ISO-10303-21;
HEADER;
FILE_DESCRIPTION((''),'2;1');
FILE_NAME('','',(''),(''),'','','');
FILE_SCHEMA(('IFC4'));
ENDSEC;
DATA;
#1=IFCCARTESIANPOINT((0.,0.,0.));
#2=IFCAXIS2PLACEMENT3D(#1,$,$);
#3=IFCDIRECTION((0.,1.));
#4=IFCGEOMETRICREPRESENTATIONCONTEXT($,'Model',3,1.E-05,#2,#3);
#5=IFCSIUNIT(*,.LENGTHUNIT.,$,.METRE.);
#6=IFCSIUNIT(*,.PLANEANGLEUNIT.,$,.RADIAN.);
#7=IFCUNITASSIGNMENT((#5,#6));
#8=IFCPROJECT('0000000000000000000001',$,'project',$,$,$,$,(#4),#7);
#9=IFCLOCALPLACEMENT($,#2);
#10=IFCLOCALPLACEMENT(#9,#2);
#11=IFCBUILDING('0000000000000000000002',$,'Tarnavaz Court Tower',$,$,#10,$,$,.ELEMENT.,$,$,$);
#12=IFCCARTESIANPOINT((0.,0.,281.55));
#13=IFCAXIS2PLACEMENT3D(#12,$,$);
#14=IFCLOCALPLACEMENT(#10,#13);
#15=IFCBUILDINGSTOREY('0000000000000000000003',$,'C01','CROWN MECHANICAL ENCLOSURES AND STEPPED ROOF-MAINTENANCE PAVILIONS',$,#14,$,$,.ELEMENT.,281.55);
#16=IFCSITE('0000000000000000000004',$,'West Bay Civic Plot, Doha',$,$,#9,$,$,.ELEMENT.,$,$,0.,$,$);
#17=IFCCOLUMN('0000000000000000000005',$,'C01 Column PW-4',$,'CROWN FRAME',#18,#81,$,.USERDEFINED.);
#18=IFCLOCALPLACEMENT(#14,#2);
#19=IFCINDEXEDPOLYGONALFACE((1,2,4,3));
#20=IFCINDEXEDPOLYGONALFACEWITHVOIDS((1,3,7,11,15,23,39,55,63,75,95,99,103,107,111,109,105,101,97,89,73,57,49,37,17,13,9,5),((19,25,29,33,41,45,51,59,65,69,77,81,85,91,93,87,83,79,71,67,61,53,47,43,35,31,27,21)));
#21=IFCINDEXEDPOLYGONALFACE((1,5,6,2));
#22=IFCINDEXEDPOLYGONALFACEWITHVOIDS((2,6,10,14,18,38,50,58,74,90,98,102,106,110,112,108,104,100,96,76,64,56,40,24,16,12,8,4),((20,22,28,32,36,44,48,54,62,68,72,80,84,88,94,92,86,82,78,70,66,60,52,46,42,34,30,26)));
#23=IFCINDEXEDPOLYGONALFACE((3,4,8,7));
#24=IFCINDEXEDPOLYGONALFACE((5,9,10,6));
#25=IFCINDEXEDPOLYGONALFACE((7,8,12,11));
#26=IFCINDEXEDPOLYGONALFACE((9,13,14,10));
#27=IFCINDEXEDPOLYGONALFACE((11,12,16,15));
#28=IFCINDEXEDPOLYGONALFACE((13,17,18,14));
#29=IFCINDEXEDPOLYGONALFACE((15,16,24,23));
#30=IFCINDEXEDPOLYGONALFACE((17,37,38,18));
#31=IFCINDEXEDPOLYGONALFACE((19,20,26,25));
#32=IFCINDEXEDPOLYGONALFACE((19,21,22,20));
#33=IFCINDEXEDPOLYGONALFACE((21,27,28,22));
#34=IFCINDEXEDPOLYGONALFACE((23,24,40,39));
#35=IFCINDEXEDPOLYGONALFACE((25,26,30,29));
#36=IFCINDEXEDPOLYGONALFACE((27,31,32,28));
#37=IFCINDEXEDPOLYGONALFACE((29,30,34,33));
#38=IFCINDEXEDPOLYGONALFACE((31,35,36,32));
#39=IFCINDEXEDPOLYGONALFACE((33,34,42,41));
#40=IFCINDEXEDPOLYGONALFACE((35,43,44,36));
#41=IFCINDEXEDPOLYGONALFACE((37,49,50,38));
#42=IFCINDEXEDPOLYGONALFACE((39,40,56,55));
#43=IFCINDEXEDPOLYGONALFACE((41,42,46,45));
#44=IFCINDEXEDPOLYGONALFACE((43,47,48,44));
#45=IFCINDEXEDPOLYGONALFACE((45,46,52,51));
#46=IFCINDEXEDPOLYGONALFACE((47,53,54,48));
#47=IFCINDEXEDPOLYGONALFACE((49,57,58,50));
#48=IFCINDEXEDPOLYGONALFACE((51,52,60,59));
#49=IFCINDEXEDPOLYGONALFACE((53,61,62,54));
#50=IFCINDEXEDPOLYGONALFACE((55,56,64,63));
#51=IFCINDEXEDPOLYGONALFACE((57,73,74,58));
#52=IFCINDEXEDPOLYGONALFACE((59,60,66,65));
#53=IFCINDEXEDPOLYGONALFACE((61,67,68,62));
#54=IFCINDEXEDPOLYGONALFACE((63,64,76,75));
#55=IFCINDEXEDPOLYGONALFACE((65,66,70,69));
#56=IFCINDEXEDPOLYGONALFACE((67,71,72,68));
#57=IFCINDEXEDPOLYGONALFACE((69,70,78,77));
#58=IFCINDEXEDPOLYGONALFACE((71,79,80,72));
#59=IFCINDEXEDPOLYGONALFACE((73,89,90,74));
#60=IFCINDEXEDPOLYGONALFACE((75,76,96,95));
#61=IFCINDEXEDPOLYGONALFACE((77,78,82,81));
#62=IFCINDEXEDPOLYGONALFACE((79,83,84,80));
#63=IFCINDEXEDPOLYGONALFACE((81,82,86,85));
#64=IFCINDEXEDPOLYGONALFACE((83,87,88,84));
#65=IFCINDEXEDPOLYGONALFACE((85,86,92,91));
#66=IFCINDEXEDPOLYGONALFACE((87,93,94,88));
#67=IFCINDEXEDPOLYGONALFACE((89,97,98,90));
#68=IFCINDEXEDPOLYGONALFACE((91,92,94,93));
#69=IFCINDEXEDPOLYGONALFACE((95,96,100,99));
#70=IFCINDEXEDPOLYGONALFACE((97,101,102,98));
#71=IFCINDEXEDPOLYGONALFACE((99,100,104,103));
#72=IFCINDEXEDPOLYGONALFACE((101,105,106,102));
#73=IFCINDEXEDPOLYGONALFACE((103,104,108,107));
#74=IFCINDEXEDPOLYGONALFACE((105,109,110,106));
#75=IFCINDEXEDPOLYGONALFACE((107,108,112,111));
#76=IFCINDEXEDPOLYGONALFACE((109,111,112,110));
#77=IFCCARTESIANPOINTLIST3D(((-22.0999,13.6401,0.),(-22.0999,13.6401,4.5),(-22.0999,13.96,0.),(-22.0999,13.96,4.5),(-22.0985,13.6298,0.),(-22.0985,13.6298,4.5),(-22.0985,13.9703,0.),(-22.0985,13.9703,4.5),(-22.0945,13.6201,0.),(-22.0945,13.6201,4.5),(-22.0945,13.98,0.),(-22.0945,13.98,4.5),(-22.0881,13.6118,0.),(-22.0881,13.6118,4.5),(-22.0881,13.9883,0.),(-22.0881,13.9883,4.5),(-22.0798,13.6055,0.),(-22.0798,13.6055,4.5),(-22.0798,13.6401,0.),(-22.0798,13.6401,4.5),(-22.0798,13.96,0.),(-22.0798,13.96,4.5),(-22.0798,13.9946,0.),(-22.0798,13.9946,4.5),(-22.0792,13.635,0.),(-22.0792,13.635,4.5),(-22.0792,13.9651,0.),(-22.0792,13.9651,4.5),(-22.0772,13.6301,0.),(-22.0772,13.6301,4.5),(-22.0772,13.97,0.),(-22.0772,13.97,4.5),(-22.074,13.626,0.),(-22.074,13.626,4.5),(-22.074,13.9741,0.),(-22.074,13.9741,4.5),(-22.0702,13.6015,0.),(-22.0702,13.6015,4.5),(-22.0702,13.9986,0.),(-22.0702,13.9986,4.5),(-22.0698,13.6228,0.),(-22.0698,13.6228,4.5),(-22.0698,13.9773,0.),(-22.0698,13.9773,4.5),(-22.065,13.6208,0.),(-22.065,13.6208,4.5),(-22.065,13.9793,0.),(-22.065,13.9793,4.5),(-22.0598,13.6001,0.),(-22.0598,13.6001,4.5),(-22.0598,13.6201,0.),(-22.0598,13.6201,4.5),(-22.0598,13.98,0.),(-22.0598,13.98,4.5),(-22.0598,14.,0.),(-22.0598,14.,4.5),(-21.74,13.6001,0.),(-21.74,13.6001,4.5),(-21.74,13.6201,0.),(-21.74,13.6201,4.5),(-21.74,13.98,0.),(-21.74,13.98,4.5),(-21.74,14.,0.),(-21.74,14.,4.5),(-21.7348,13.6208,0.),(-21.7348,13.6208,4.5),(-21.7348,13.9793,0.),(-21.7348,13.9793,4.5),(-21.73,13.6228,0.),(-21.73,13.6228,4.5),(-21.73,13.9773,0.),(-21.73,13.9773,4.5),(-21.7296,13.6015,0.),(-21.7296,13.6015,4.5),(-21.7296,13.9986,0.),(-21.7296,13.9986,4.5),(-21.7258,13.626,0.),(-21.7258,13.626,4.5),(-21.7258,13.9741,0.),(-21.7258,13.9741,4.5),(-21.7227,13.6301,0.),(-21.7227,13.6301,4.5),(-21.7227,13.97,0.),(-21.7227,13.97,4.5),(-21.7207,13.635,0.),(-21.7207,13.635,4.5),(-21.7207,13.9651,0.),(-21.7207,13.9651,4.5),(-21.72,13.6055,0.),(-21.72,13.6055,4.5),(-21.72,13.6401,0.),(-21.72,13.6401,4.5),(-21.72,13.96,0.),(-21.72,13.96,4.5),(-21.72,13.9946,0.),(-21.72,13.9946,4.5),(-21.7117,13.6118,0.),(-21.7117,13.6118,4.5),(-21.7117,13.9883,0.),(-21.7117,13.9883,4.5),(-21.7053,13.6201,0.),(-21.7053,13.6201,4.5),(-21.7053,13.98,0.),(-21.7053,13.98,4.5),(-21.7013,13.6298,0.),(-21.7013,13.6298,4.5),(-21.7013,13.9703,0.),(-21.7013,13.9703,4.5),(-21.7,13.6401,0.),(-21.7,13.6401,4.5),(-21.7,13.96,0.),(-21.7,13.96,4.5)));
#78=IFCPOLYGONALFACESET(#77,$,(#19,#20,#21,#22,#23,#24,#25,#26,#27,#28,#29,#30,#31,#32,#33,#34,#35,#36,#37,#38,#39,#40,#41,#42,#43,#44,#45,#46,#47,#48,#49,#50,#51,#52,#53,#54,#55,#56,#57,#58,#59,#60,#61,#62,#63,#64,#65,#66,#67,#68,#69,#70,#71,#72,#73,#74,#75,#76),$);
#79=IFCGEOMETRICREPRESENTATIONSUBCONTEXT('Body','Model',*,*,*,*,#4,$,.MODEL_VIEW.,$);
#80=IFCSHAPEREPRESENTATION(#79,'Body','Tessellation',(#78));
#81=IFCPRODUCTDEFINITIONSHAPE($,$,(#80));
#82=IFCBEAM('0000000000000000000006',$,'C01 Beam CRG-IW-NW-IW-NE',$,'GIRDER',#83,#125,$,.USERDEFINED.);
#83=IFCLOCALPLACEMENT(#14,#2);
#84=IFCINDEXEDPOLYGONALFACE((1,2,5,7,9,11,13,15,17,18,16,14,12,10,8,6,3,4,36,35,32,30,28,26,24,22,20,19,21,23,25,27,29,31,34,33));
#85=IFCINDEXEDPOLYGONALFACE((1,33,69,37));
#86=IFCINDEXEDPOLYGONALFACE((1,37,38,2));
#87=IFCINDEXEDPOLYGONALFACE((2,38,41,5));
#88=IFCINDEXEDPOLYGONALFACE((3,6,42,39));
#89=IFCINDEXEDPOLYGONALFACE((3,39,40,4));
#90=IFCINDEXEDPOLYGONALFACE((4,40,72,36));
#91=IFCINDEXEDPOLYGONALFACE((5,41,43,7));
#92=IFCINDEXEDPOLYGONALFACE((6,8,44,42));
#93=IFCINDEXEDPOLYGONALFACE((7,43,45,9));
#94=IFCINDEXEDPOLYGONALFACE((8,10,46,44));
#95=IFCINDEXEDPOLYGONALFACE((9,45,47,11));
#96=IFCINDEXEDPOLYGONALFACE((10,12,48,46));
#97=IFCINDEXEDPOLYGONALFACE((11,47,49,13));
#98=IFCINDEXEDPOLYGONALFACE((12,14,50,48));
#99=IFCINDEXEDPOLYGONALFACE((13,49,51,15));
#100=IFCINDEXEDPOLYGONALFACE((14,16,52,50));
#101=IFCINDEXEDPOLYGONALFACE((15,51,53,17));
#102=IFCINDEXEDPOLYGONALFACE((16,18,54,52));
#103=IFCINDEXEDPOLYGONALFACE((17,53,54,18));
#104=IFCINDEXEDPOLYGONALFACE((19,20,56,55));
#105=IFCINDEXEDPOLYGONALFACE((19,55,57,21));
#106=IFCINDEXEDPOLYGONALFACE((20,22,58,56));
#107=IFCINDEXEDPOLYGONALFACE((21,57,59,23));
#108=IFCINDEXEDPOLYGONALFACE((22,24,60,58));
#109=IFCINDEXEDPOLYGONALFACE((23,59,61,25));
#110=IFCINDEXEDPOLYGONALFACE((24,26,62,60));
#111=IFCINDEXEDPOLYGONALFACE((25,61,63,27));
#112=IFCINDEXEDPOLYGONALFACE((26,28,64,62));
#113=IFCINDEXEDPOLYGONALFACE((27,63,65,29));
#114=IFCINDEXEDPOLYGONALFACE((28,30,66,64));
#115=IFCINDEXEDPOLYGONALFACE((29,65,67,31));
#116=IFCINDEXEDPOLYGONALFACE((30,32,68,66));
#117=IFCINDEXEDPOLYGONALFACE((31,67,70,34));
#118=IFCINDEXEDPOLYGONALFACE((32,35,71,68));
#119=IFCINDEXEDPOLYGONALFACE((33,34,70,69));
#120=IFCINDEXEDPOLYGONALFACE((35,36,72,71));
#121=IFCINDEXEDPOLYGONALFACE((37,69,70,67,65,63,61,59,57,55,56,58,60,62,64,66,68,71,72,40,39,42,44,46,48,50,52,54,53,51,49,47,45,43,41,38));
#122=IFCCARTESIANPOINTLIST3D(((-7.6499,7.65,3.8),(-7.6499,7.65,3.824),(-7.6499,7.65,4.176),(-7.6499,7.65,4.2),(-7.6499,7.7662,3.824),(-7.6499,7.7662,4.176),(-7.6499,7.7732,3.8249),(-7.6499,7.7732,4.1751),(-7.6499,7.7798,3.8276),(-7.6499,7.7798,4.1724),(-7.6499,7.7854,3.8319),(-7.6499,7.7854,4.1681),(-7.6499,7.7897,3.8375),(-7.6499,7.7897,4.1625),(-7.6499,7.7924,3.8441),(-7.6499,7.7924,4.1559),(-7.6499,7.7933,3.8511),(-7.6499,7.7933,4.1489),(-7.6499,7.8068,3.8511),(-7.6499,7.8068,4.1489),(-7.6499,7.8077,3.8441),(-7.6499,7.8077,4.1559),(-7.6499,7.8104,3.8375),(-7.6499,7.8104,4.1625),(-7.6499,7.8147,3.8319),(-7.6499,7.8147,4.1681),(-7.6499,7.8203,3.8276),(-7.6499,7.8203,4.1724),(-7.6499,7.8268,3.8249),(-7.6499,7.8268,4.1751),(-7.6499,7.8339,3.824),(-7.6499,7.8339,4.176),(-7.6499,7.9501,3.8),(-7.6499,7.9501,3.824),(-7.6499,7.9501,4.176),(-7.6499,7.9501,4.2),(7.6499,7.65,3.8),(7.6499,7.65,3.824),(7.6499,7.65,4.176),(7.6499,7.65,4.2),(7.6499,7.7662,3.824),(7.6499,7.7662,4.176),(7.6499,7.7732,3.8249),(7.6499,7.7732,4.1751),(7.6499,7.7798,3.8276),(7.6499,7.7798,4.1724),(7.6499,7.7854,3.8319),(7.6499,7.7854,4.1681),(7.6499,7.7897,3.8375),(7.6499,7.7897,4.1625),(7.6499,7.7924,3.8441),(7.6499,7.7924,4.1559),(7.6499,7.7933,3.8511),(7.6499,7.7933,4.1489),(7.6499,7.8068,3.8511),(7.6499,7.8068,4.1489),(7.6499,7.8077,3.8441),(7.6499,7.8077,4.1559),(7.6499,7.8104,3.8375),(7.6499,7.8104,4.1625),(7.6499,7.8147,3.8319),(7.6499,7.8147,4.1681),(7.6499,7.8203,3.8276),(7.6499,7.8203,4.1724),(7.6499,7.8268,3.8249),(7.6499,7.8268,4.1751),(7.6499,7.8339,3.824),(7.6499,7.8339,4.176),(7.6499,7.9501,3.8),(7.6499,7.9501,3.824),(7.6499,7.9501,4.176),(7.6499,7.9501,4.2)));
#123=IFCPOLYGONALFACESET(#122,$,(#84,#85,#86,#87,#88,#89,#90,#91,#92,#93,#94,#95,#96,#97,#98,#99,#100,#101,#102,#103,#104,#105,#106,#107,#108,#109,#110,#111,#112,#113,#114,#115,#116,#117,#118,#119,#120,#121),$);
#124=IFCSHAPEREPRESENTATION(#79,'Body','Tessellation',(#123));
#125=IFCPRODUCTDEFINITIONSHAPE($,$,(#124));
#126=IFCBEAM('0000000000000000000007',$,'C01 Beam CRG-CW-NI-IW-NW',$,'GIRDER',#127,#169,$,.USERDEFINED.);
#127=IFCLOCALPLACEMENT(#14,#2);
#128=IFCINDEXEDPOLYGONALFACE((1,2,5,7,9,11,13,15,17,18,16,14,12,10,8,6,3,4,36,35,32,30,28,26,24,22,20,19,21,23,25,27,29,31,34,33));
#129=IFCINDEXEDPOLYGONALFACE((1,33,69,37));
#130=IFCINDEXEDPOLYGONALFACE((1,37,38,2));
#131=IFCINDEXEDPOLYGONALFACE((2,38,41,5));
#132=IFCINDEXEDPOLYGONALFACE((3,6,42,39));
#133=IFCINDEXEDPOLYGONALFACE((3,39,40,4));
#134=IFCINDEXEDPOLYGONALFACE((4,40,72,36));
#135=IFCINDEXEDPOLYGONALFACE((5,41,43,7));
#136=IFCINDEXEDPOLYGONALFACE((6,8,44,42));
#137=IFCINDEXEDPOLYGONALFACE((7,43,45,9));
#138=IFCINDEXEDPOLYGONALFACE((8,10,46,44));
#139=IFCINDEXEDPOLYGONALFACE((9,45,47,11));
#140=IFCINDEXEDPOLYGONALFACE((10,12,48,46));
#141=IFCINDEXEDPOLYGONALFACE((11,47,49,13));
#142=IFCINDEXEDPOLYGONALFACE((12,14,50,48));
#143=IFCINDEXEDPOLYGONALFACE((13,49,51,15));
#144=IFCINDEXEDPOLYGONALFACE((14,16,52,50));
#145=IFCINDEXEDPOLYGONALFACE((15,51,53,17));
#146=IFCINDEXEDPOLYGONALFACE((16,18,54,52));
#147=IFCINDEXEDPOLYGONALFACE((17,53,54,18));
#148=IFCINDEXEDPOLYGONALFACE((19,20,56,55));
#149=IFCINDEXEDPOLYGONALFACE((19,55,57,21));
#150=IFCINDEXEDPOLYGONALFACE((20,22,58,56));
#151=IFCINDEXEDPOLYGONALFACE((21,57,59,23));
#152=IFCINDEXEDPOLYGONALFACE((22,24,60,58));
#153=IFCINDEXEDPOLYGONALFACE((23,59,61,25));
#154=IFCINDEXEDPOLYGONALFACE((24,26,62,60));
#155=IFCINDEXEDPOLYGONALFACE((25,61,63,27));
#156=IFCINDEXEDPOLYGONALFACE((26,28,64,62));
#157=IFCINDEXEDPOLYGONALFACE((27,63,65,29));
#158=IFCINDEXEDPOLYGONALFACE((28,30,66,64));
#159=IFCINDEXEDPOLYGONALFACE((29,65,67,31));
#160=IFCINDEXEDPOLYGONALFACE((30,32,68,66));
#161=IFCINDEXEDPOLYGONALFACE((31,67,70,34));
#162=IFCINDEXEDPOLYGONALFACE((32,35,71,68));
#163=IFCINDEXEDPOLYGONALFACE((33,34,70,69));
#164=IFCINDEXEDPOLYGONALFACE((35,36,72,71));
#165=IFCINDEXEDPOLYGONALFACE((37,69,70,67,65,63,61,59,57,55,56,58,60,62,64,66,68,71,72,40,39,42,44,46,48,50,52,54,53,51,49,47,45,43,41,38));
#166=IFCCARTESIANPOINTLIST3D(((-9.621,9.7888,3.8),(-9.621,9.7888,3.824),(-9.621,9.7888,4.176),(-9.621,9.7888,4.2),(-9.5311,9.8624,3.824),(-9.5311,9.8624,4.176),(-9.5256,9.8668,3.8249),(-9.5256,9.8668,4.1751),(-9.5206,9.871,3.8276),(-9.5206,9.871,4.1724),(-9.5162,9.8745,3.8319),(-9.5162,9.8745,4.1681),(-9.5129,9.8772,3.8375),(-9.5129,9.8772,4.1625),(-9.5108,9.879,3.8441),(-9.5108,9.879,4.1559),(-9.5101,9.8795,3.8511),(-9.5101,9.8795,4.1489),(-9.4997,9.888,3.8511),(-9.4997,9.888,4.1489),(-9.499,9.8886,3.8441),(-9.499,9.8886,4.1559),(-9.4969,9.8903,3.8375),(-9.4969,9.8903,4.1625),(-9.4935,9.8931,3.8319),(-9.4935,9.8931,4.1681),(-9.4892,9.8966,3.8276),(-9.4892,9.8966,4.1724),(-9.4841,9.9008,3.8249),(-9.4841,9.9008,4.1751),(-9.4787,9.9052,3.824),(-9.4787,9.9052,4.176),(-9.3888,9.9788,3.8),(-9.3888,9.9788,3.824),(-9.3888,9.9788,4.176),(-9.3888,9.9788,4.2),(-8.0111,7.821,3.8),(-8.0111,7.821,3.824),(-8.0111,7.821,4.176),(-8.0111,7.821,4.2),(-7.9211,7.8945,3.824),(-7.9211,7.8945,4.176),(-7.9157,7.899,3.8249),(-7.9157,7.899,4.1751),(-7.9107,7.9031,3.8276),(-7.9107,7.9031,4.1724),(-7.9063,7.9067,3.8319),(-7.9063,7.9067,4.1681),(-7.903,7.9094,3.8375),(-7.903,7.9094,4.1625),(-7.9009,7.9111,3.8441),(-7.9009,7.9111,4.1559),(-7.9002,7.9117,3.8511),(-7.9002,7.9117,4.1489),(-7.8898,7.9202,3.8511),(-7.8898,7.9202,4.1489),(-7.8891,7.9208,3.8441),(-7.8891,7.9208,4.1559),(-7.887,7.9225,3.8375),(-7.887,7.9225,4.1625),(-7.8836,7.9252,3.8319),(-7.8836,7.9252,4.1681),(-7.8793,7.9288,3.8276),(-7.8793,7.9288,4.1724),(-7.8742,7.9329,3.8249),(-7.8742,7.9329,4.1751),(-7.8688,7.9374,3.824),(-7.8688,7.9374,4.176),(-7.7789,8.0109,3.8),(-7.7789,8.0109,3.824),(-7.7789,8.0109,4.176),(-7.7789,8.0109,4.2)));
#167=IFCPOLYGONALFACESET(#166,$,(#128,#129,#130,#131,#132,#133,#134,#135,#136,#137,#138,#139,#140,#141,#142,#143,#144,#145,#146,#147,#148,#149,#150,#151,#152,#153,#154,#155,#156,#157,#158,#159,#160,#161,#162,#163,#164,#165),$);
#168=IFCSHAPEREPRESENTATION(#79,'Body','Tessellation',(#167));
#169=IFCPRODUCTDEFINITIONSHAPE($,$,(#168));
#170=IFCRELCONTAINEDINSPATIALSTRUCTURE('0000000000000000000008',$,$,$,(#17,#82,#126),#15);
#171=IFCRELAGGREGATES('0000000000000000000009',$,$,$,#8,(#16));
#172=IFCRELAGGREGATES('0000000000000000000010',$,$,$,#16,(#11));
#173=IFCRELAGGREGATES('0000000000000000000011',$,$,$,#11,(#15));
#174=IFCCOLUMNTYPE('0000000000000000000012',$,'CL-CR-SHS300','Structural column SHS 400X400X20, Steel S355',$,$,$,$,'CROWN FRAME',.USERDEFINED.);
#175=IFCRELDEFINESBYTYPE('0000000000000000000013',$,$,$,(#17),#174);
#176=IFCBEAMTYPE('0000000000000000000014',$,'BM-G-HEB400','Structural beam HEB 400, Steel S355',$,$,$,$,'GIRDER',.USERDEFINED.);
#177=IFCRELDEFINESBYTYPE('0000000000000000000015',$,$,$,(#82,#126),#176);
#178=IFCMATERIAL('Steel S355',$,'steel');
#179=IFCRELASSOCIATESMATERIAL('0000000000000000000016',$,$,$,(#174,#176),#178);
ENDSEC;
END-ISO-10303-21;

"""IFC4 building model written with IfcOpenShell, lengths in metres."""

from ifc_helpers import new_model, si_unit, direction, frame, origin, origin_2d, place, context, subcontext, project, spatial, hollow_rectangle, i_section, extrude, material, material_profile, profile_set, type_object, element, save


model = new_model("IFC4")

# Units and contexts
model_context = context("Model", 3, precision=1e-05, world=origin(), true_north=direction((0.0, 1.0)))
body_context = subcontext(model_context, "Body", "Model", "MODEL_VIEW")
ifc_project = project(units=[si_unit("LENGTHUNIT", "METRE"), si_unit("PLANEANGLEUNIT", "RADIAN")], contexts=[model_context])

# Site, building, storey
site_placement = place(None, origin())
site = spatial("IfcSite", under=ifc_project, at=site_placement, Name="West Bay Civic Plot, Doha", CompositionType="ELEMENT", RefElevation=0.0)
building_placement = place(site_placement, origin())
building = spatial("IfcBuilding", under=site, at=building_placement, Name="Tarnavaz Court Tower", CompositionType="ELEMENT")
storey_placement = place(building_placement, frame((0.0, 0.0, 281.55)))
storey = spatial("IfcBuildingStorey", under=building, at=storey_placement, Name="C01", Description="CROWN MECHANICAL ENCLOSURES AND STEPPED ROOF-MAINTENANCE PAVILIONS", CompositionType="ELEMENT", Elevation=281.55)

# Column
ifc_material_1 = material(Name="Steel S355", Category="steel")
ifc_material_profile_1 = material_profile(ifc_material_1, hollow_rectangle(XDim=0.3999, YDim=0.3999, WallThickness=0.02, InnerFilletRadius=0.02, OuterFilletRadius=0.04, at=origin_2d()), Name="SHS 400X400X20")
ifc_profile_set_1 = profile_set([ifc_material_profile_1], Name="Steel S355")
column_type = type_object("IfcColumnType", Name="CL-CR-SHS300", Description="Structural column SHS 400X400X20, Steel S355", ElementType="CROWN FRAME", PredefinedType="USERDEFINED", material=ifc_profile_set_1)
for number, where, z_axis, x_axis, name in (
    (1, (-21.8999, 13.8, 0.0), (0.0, 0.0, 1.0), (1.0, 0.0, 0.0), "C01 Column PW-4"),
):
    element("IfcColumn", number, at=place(storey_placement, frame(where, z_axis=z_axis, x_axis=x_axis)), inside=storey, type_object=column_type, Name=name, ObjectType="CROWN FRAME", PredefinedType="USERDEFINED", context=body_context, shape_type="SweptSolid", body=[
        extrude(hollow_rectangle(XDim=0.3999, YDim=0.3999, WallThickness=0.02, InnerFilletRadius=0.02, OuterFilletRadius=0.04, at=origin_2d()), origin(), (0.0, 0.0, 1.0), 4.5),
    ])

# Beams
ifc_material_profile_2 = material_profile(ifc_material_1, i_section(OverallWidth=0.3, OverallDepth=0.3999, WebThickness=0.0134, FlangeThickness=0.0239, FilletRadius=0.0271, at=origin_2d()), Name="HEB 400")
ifc_profile_set_2 = profile_set([ifc_material_profile_2], Name="Steel S355")
beam_type = type_object("IfcBeamType", Name="BM-G-HEB400", Description="Structural beam HEB 400, Steel S355", ElementType="GIRDER", PredefinedType="USERDEFINED", material=ifc_profile_set_2)
beam_1_placement = place(storey_placement, frame((-7.6499, 7.8, 4.0), z_axis=(1.0, 0.0, 0.0), x_axis=(0.0, 1.0, 0.0)))
element("IfcBeam", 2, at=beam_1_placement, inside=storey, type_object=beam_type, Name="C01 Beam CRG-IW-NW-IW-NE", ObjectType="GIRDER", PredefinedType="USERDEFINED", context=body_context, shape_type="SweptSolid", body=[
    extrude(i_section(OverallWidth=0.3, OverallDepth=0.3999, WebThickness=0.0134, FlangeThickness=0.0239, FilletRadius=0.0271, at=origin_2d()), origin(), (0.0, 0.0, 1.0), 15.2998),
])
beam_2_placement = place(storey_placement, frame((-9.5049, 9.8838, 4.0), z_axis=(0.633206, -0.773983, 0.0), x_axis=(0.773983, 0.633206, 0.0)))
element("IfcBeam", 3, at=beam_2_placement, inside=storey, type_object=beam_type, Name="C01 Beam CRG-CW-NI-IW-NW", ObjectType="GIRDER", PredefinedType="USERDEFINED", context=body_context, shape_type="SweptSolid", body=[
    extrude(i_section(OverallWidth=0.3, OverallDepth=0.3999, WebThickness=0.0134, FlangeThickness=0.0239, FilletRadius=0.0271, at=origin_2d()), origin(), (0.0, 0.0, 1.0), 2.5425),
])

save(model, "model.ifc")
